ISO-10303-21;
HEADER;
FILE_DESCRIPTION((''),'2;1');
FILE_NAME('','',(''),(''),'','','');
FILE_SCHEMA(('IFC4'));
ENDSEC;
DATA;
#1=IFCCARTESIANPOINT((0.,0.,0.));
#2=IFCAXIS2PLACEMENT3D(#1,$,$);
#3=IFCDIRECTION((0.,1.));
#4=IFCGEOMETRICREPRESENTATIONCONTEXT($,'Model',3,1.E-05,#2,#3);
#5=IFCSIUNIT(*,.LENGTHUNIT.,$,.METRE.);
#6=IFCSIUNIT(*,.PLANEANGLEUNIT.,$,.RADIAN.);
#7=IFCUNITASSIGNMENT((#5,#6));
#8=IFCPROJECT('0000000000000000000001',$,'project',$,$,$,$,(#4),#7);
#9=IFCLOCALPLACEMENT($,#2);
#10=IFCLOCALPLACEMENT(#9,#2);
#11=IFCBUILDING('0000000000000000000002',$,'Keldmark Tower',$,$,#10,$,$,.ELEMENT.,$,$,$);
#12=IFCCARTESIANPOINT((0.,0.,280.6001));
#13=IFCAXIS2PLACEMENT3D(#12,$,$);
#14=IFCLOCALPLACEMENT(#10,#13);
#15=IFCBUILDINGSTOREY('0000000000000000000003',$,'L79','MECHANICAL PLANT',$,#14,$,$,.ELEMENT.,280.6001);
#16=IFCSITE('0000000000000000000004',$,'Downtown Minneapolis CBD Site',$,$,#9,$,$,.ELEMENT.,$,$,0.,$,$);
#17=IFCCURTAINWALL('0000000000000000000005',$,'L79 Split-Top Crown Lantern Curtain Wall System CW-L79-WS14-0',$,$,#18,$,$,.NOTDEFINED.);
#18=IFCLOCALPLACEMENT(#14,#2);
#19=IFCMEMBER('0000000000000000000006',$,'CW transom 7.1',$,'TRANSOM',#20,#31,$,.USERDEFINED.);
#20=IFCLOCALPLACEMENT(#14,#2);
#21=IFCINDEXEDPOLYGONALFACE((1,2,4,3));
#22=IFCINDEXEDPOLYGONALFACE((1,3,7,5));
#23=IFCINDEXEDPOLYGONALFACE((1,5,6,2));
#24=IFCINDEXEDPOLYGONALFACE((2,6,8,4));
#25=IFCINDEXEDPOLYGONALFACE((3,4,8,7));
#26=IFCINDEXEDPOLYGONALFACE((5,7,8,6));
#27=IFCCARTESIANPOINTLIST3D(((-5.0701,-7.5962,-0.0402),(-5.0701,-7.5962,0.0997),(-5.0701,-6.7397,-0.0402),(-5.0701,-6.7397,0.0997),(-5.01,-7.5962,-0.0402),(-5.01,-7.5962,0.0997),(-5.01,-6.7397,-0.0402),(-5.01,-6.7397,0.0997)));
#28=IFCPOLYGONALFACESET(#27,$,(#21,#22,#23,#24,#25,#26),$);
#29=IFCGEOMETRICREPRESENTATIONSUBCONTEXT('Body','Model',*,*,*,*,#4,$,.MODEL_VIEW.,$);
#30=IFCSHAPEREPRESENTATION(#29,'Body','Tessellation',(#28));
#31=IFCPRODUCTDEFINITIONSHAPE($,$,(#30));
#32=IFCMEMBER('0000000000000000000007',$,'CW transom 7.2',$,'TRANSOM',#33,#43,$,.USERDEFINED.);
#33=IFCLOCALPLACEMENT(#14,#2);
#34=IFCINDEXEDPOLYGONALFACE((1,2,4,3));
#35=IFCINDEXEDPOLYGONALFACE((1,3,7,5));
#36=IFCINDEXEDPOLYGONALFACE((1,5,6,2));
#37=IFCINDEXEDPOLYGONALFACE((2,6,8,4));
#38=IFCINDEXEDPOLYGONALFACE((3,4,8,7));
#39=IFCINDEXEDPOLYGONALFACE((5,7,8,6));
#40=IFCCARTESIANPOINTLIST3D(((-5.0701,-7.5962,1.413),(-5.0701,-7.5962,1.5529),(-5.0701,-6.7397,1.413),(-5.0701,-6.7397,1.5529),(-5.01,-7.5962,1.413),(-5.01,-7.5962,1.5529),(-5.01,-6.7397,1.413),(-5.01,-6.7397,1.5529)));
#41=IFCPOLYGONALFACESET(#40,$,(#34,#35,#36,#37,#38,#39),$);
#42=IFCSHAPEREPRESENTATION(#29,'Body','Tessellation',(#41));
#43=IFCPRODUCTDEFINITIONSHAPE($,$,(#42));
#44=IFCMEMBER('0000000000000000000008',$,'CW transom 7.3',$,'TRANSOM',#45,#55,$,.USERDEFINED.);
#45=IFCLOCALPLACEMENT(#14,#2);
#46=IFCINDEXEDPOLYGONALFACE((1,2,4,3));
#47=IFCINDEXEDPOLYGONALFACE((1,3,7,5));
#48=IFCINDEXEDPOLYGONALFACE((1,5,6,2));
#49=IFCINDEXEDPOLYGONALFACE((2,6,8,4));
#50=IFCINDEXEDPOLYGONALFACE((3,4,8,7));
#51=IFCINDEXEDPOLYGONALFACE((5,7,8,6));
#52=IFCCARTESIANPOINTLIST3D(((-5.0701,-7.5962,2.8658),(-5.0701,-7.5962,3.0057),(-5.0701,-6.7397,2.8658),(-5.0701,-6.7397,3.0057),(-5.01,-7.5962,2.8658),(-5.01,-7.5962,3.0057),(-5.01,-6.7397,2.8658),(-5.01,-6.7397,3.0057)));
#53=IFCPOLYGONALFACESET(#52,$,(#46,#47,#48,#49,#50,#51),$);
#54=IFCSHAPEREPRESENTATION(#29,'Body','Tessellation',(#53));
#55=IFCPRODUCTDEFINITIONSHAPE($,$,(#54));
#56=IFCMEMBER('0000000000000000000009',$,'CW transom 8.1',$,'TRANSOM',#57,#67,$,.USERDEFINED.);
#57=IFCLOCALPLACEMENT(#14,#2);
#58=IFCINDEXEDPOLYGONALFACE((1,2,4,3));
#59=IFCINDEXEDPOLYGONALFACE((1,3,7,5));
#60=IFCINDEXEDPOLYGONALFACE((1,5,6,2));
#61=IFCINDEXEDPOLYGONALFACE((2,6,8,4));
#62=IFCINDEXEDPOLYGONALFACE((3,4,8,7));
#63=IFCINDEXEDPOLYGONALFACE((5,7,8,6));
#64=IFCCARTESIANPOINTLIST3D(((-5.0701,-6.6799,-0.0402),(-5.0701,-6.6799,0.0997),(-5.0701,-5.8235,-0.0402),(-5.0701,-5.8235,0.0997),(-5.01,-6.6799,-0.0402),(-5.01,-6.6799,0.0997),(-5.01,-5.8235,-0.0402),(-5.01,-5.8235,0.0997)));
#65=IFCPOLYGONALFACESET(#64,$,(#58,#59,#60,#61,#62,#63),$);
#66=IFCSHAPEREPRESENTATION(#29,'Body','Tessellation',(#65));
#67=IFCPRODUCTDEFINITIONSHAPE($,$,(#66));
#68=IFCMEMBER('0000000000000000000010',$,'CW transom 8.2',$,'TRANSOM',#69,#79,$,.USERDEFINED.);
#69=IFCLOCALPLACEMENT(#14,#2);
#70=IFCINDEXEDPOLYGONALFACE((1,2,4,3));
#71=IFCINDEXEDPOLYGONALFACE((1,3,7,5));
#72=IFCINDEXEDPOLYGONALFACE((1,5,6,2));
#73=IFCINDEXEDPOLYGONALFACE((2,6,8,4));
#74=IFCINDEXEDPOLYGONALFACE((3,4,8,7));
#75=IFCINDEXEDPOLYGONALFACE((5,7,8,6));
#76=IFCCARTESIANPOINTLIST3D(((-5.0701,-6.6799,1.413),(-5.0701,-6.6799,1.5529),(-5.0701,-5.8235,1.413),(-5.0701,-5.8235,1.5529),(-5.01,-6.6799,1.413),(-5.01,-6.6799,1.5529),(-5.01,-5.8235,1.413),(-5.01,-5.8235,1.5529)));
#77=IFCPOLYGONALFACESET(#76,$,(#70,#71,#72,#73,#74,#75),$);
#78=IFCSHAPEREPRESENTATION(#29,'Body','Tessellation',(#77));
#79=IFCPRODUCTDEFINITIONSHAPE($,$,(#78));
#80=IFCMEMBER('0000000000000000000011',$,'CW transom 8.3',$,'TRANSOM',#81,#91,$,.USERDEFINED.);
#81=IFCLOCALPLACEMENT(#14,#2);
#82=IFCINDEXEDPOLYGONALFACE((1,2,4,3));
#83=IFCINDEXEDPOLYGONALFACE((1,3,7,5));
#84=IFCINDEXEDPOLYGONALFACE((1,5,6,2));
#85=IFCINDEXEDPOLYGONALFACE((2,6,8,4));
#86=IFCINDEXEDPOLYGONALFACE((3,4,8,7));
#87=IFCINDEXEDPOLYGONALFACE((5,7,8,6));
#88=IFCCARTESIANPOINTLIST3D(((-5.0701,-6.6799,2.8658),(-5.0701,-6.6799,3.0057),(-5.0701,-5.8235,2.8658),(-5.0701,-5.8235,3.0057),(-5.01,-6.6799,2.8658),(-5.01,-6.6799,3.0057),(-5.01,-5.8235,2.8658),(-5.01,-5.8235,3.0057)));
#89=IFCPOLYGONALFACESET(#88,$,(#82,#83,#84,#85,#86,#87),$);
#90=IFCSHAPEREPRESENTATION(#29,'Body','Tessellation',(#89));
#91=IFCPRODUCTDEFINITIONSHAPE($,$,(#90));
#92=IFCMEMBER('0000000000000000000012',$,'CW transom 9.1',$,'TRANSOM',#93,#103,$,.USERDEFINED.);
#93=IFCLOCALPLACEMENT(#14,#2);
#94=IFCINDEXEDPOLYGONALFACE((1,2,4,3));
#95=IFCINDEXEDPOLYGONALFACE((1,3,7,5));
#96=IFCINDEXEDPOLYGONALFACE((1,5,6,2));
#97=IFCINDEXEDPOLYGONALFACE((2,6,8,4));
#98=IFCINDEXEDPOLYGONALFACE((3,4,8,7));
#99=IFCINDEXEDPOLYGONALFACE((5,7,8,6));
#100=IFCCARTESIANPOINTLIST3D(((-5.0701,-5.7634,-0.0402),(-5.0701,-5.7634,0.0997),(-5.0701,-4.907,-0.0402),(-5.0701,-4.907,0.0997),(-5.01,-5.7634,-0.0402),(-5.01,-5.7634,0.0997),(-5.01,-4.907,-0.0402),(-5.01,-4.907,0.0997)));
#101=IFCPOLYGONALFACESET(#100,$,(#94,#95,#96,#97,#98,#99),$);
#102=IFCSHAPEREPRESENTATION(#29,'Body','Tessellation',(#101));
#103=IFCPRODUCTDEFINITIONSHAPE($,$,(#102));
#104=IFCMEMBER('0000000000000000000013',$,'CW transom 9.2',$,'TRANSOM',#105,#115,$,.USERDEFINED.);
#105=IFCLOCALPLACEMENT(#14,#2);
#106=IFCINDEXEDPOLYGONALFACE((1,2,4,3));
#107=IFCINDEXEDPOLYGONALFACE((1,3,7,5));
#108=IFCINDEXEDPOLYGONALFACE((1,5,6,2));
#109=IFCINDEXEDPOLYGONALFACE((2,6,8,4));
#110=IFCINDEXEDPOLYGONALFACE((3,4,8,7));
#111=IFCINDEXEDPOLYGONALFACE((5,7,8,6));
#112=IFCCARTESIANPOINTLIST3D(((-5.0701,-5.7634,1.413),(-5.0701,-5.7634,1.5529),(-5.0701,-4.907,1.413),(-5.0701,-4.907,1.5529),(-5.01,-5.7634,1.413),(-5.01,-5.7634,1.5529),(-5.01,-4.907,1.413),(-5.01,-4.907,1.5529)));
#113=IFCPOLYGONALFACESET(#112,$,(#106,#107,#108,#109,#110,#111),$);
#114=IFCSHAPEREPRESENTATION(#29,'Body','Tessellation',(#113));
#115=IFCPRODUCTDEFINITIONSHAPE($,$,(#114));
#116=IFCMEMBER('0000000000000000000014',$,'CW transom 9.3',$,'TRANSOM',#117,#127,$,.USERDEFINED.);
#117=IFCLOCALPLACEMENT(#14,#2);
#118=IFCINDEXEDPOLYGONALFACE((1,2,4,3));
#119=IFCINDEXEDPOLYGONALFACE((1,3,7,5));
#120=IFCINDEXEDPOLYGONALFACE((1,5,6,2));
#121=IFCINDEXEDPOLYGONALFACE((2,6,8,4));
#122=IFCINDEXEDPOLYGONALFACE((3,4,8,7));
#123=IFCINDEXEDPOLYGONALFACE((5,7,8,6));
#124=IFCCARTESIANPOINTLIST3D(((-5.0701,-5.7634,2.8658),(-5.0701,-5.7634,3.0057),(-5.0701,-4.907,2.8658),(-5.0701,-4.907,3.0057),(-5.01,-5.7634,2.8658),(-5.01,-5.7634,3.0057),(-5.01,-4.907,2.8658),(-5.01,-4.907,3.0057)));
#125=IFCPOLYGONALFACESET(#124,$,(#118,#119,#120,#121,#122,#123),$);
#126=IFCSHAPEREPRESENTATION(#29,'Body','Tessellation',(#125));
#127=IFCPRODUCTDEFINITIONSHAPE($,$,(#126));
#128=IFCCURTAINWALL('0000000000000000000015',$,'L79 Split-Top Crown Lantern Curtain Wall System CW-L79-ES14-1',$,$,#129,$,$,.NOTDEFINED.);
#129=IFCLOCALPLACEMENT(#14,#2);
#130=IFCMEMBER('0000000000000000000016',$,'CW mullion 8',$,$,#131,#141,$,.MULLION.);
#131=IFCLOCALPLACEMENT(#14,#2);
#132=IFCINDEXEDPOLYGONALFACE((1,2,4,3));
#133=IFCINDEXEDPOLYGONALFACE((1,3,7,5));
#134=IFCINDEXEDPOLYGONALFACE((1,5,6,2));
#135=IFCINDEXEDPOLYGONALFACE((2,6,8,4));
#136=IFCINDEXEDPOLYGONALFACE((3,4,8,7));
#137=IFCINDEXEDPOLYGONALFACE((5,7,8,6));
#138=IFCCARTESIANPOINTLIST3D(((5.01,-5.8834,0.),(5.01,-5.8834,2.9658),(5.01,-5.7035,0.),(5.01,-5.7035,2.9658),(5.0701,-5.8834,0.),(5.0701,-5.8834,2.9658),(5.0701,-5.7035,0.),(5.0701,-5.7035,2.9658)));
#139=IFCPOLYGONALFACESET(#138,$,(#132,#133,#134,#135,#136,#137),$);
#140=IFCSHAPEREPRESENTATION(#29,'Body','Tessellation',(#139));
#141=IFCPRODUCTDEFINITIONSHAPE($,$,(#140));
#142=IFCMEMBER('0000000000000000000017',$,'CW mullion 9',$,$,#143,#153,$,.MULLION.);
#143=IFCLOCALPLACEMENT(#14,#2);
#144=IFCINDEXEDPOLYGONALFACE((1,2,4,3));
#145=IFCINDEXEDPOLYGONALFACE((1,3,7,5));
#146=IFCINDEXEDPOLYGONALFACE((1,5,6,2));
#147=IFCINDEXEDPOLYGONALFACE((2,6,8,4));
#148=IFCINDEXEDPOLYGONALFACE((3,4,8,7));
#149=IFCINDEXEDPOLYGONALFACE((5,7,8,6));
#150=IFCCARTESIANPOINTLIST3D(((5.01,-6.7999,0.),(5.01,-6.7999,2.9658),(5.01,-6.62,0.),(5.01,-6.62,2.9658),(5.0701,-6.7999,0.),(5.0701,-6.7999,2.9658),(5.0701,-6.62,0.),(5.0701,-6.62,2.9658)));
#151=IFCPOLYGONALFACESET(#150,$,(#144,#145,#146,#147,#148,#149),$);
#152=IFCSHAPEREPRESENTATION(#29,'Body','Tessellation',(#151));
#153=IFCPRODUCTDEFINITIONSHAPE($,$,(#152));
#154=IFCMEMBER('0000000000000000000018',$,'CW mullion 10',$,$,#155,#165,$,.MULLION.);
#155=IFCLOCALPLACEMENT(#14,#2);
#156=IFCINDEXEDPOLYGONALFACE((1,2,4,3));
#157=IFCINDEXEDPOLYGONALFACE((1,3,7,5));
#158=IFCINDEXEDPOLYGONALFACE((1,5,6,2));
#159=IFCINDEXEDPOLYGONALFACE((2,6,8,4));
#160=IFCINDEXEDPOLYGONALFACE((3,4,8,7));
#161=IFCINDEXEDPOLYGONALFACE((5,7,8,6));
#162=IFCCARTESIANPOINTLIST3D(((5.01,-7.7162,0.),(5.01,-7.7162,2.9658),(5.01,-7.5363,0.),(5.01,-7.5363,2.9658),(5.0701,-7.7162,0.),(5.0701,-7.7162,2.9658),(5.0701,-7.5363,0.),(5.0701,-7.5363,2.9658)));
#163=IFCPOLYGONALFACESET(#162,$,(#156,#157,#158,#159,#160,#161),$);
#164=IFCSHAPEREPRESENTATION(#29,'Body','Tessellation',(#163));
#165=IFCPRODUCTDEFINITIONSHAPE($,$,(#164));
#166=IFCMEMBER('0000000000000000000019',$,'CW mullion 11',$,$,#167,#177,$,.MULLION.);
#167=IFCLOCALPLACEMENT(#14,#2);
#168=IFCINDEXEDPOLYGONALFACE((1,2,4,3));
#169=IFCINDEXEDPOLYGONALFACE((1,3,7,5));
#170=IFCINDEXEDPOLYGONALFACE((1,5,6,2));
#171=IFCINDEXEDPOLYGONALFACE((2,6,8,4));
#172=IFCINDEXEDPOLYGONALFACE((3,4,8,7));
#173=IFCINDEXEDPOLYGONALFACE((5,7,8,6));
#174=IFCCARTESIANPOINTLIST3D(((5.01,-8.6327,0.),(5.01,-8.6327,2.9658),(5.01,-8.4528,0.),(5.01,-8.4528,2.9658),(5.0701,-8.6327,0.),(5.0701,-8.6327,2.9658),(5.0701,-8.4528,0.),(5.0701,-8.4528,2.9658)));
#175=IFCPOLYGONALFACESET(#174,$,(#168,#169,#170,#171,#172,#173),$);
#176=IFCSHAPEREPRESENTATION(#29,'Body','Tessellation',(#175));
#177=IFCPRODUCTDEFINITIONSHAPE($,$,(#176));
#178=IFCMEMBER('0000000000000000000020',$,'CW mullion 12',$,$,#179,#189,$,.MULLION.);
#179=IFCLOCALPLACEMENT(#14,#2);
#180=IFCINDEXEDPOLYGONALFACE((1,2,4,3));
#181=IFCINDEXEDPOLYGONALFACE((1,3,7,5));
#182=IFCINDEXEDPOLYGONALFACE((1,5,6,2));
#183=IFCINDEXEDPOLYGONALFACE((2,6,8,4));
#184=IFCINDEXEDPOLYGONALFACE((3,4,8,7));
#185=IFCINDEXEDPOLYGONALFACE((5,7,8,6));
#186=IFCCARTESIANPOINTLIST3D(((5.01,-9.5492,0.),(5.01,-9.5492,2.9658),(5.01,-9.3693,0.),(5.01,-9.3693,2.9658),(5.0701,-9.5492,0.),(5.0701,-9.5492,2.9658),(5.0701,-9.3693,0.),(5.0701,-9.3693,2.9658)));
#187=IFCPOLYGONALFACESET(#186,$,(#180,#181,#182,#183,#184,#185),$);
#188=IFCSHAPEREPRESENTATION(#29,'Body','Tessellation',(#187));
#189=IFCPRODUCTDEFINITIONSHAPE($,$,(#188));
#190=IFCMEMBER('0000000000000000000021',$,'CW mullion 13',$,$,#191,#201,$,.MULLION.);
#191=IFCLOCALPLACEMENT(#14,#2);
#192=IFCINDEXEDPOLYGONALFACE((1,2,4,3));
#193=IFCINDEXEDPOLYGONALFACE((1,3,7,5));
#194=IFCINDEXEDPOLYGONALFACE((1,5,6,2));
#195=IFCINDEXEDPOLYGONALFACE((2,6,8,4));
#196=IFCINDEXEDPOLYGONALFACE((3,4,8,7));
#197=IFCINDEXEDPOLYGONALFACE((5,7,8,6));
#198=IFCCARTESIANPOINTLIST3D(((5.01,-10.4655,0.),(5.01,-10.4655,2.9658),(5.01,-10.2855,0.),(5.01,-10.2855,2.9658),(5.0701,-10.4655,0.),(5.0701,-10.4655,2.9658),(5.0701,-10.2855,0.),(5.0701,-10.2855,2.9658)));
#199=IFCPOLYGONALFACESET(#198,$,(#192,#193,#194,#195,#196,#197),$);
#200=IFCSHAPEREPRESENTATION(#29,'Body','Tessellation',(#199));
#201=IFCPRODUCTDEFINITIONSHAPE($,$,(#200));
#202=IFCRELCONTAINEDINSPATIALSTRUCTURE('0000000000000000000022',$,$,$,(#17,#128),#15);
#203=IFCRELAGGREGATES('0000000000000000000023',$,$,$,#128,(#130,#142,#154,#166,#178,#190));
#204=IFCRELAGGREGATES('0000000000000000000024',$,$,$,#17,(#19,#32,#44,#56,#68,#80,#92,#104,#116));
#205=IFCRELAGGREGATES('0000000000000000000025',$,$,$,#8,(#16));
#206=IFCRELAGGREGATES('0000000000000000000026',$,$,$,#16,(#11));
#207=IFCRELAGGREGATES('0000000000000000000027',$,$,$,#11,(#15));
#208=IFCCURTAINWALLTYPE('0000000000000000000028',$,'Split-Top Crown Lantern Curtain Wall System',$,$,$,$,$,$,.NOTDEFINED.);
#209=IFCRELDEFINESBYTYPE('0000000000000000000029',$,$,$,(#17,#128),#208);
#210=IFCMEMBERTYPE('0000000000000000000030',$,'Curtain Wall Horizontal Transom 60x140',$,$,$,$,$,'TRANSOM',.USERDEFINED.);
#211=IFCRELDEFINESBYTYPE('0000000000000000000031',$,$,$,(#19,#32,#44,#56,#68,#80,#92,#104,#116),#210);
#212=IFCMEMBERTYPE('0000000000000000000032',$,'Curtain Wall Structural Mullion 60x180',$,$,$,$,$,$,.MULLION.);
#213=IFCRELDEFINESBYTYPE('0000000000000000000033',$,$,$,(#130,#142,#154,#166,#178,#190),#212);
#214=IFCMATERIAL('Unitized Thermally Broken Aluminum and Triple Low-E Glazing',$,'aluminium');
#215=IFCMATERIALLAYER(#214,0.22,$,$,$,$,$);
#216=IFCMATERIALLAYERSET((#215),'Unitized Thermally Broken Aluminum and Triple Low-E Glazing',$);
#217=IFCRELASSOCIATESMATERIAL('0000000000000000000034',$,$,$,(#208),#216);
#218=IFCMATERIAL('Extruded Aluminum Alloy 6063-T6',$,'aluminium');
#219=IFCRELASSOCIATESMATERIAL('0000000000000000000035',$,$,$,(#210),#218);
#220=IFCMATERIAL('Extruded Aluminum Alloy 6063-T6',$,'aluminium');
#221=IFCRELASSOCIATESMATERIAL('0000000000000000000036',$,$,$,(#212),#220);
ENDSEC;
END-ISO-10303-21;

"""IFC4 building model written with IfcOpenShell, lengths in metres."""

from ifc_helpers import new_model, si_unit, direction, frame, origin, origin_2d, place, context, subcontext, project, spatial, rectangle, extrude, material, layer, layer_set, material_profile, profile_set, type_object, element, aggregate, save


model = new_model("IFC4")

# Units and contexts
model_context = context("Model", 3, precision=1e-05, world=origin(), true_north=direction((0.0, 1.0)))
body_context = subcontext(model_context, "Body", "Model", "MODEL_VIEW")
ifc_project = project(units=[si_unit("LENGTHUNIT", "METRE"), si_unit("PLANEANGLEUNIT", "RADIAN")], contexts=[model_context])

# Site, building, storey
site_placement = place(None, origin())
site = spatial("IfcSite", under=ifc_project, at=site_placement, Name="Downtown Minneapolis CBD Site", CompositionType="ELEMENT", RefElevation=0.0)
building_placement = place(site_placement, origin())
building = spatial("IfcBuilding", under=site, at=building_placement, Name="Keldmark Tower", CompositionType="ELEMENT")
storey_placement = place(building_placement, frame((0.0, 0.0, 280.6001)))
storey = spatial("IfcBuildingStorey", under=building, at=storey_placement, Name="L79", Description="MECHANICAL PLANT", CompositionType="ELEMENT", Elevation=280.6001)

# Curtain walls, members
ifc_material_1 = material(Name="Unitized Thermally Broken Aluminum and Triple Low-E Glazing", Category="aluminium")
ifc_layer_1 = layer(ifc_material_1, 0.22)
ifc_layer_set_1 = layer_set([ifc_layer_1], Name="Unitized Thermally Broken Aluminum and Triple Low-E Glazing")
curtain_wall_type = type_object("IfcCurtainWallType", Name="Split-Top Crown Lantern Curtain Wall System", PredefinedType="NOTDEFINED", material=ifc_layer_set_1)
curtain_wall_1_placement = place(storey_placement, origin())
curtain_wall_1 = element("IfcCurtainWall", 1, at=curtain_wall_1_placement, inside=storey, type_object=curtain_wall_type, Name="L79 Split-Top Crown Lantern Curtain Wall System CW-L79-WS14-0", PredefinedType="NOTDEFINED")
ifc_material_2 = material(Name="Extruded Aluminum Alloy 6063-T6", Category="aluminium")
ifc_material_profile_1 = material_profile(ifc_material_2, rectangle(XDim=0.0601, YDim=0.1399, at=origin_2d()), Name="CWT60X140")
ifc_profile_set_1 = profile_set([ifc_material_profile_1], Name="Extruded Aluminum Alloy 6063-T6")
member_type_1 = type_object("IfcMemberType", Name="Curtain Wall Horizontal Transom 60x140", ElementType="TRANSOM", PredefinedType="USERDEFINED", material=ifc_profile_set_1)
member_1_placement = place(storey_placement, frame((-5.04, -7.5962, 0.0298), z_axis=(0.0, 1.0, 0.0), x_axis=(-1.0, 0.0, 0.0)))
member_1 = element("IfcMember", 2, at=member_1_placement, type_object=member_type_1, Name="CW transom 7.1", ObjectType="TRANSOM", PredefinedType="USERDEFINED", context=body_context, shape_type="SweptSolid", body=[
    extrude(rectangle(XDim=0.0601, YDim=0.1399, at=origin_2d()), origin(), (0.0, 0.0, 1.0), 0.8564),
])
member_2_placement = place(storey_placement, frame((-5.04, -7.5962, 1.4829), z_axis=(0.0, 1.0, 0.0), x_axis=(-1.0, 0.0, 0.0)))
member_2 = element("IfcMember", 3, at=member_2_placement, type_object=member_type_1, Name="CW transom 7.2", ObjectType="TRANSOM", PredefinedType="USERDEFINED", context=body_context, shape_type="SweptSolid", body=[
    extrude(rectangle(XDim=0.0601, YDim=0.1399, at=origin_2d()), origin(), (0.0, 0.0, 1.0), 0.8564),
])
member_3_placement = place(storey_placement, frame((-5.04, -7.5962, 2.9358), z_axis=(0.0, 1.0, 0.0), x_axis=(-1.0, 0.0, 0.0)))
member_3 = element("IfcMember", 4, at=member_3_placement, type_object=member_type_1, Name="CW transom 7.3", ObjectType="TRANSOM", PredefinedType="USERDEFINED", context=body_context, shape_type="SweptSolid", body=[
    extrude(rectangle(XDim=0.0601, YDim=0.1399, at=origin_2d()), origin(), (0.0, 0.0, 1.0), 0.8564),
])
member_4_placement = place(storey_placement, frame((-5.04, -6.6799, 0.0298), z_axis=(0.0, 1.0, 0.0), x_axis=(-1.0, 0.0, 0.0)))
member_4 = element("IfcMember", 5, at=member_4_placement, type_object=member_type_1, Name="CW transom 8.1", ObjectType="TRANSOM", PredefinedType="USERDEFINED", context=body_context, shape_type="SweptSolid", body=[
    extrude(rectangle(XDim=0.0601, YDim=0.1399, at=origin_2d()), origin(), (0.0, 0.0, 1.0), 0.8564),
])
member_5_placement = place(storey_placement, frame((-5.04, -6.6799, 1.4829), z_axis=(0.0, 1.0, 0.0), x_axis=(-1.0, 0.0, 0.0)))
member_5 = element("IfcMember", 6, at=member_5_placement, type_object=member_type_1, Name="CW transom 8.2", ObjectType="TRANSOM", PredefinedType="USERDEFINED", context=body_context, shape_type="SweptSolid", body=[
    extrude(rectangle(XDim=0.0601, YDim=0.1399, at=origin_2d()), origin(), (0.0, 0.0, 1.0), 0.8564),
])
member_6_placement = place(storey_placement, frame((-5.04, -6.6799, 2.9358), z_axis=(0.0, 1.0, 0.0), x_axis=(-1.0, 0.0, 0.0)))
member_6 = element("IfcMember", 7, at=member_6_placement, type_object=member_type_1, Name="CW transom 8.3", ObjectType="TRANSOM", PredefinedType="USERDEFINED", context=body_context, shape_type="SweptSolid", body=[
    extrude(rectangle(XDim=0.0601, YDim=0.1399, at=origin_2d()), origin(), (0.0, 0.0, 1.0), 0.8564),
])
member_7_placement = place(storey_placement, frame((-5.04, -5.7634, 0.0298), z_axis=(0.0, 1.0, 0.0), x_axis=(-1.0, 0.0, 0.0)))
member_7 = element("IfcMember", 8, at=member_7_placement, type_object=member_type_1, Name="CW transom 9.1", ObjectType="TRANSOM", PredefinedType="USERDEFINED", context=body_context, shape_type="SweptSolid", body=[
    extrude(rectangle(XDim=0.0601, YDim=0.1399, at=origin_2d()), origin(), (0.0, 0.0, 1.0), 0.8564),
])
member_8_placement = place(storey_placement, frame((-5.04, -5.7634, 1.4829), z_axis=(0.0, 1.0, 0.0), x_axis=(-1.0, 0.0, 0.0)))
member_8 = element("IfcMember", 9, at=member_8_placement, type_object=member_type_1, Name="CW transom 9.2", ObjectType="TRANSOM", PredefinedType="USERDEFINED", context=body_context, shape_type="SweptSolid", body=[
    extrude(rectangle(XDim=0.0601, YDim=0.1399, at=origin_2d()), origin(), (0.0, 0.0, 1.0), 0.8564),
])
member_9_placement = place(storey_placement, frame((-5.04, -5.7634, 2.9358), z_axis=(0.0, 1.0, 0.0), x_axis=(-1.0, 0.0, 0.0)))
member_9 = element("IfcMember", 10, at=member_9_placement, type_object=member_type_1, Name="CW transom 9.3", ObjectType="TRANSOM", PredefinedType="USERDEFINED", context=body_context, shape_type="SweptSolid", body=[
    extrude(rectangle(XDim=0.0601, YDim=0.1399, at=origin_2d()), origin(), (0.0, 0.0, 1.0), 0.8564),
])
curtain_wall_2_placement = place(storey_placement, origin())
curtain_wall_2 = element("IfcCurtainWall", 11, at=curtain_wall_2_placement, inside=storey, type_object=curtain_wall_type, Name="L79 Split-Top Crown Lantern Curtain Wall System CW-L79-ES14-1", PredefinedType="NOTDEFINED")
ifc_material_3 = material(Name="Extruded Aluminum Alloy 6063-T6", Category="aluminium")
ifc_material_profile_2 = material_profile(ifc_material_3, rectangle(XDim=0.0601, YDim=0.1799, at=origin_2d()), Name="CWM60X180")
ifc_profile_set_2 = profile_set([ifc_material_profile_2], Name="Extruded Aluminum Alloy 6063-T6")
member_type_2 = type_object("IfcMemberType", Name="Curtain Wall Structural Mullion 60x180", PredefinedType="MULLION", material=ifc_profile_set_2)
member_10_placement = place(storey_placement, frame((5.04, -5.7935, 0.0), z_axis=(0.0, 0.0, 1.0), x_axis=(1.0, 0.0, 0.0)))
member_10 = element("IfcMember", 12, at=member_10_placement, type_object=member_type_2, Name="CW mullion 8", PredefinedType="MULLION", context=body_context, shape_type="SweptSolid", body=[
    extrude(rectangle(XDim=0.0601, YDim=0.1799, at=origin_2d()), origin(), (0.0, 0.0, 1.0), 2.9658),
])
member_11_placement = place(storey_placement, frame((5.04, -6.71, 0.0), z_axis=(0.0, 0.0, 1.0), x_axis=(1.0, 0.0, 0.0)))
member_11 = element("IfcMember", 13, at=member_11_placement, type_object=member_type_2, Name="CW mullion 9", PredefinedType="MULLION", context=body_context, shape_type="SweptSolid", body=[
    extrude(rectangle(XDim=0.0601, YDim=0.1799, at=origin_2d()), origin(), (0.0, 0.0, 1.0), 2.9658),
])
member_12_placement = place(storey_placement, frame((5.04, -7.6262, 0.0), z_axis=(0.0, 0.0, 1.0), x_axis=(1.0, 0.0, 0.0)))
member_12 = element("IfcMember", 14, at=member_12_placement, type_object=member_type_2, Name="CW mullion 10", PredefinedType="MULLION", context=body_context, shape_type="SweptSolid", body=[
    extrude(rectangle(XDim=0.0601, YDim=0.1799, at=origin_2d()), origin(), (0.0, 0.0, 1.0), 2.9658),
])
member_13_placement = place(storey_placement, frame((5.04, -8.5427, 0.0), z_axis=(0.0, 0.0, 1.0), x_axis=(1.0, 0.0, 0.0)))
member_13 = element("IfcMember", 15, at=member_13_placement, type_object=member_type_2, Name="CW mullion 11", PredefinedType="MULLION", context=body_context, shape_type="SweptSolid", body=[
    extrude(rectangle(XDim=0.0601, YDim=0.1799, at=origin_2d()), origin(), (0.0, 0.0, 1.0), 2.9658),
])
member_14_placement = place(storey_placement, frame((5.04, -9.4592, 0.0), z_axis=(0.0, 0.0, 1.0), x_axis=(1.0, 0.0, 0.0)))
member_14 = element("IfcMember", 16, at=member_14_placement, type_object=member_type_2, Name="CW mullion 12", PredefinedType="MULLION", context=body_context, shape_type="SweptSolid", body=[
    extrude(rectangle(XDim=0.0601, YDim=0.1799, at=origin_2d()), origin(), (0.0, 0.0, 1.0), 2.9658),
])
member_15_placement = place(storey_placement, frame((5.04, -10.3755, 0.0), z_axis=(0.0, 0.0, 1.0), x_axis=(1.0, 0.0, 0.0)))
member_15 = element("IfcMember", 17, at=member_15_placement, type_object=member_type_2, Name="CW mullion 13", PredefinedType="MULLION", context=body_context, shape_type="SweptSolid", body=[
    extrude(rectangle(XDim=0.0601, YDim=0.1799, at=origin_2d()), origin(), (0.0, 0.0, 1.0), 2.9658),
])
aggregate(curtain_wall_2, [member_10, member_11, member_12, member_13, member_14, member_15])

aggregate(curtain_wall_1, [member_1, member_2, member_3, member_4, member_5, member_6, member_7, member_8, member_9])

save(model, "model.ifc")
